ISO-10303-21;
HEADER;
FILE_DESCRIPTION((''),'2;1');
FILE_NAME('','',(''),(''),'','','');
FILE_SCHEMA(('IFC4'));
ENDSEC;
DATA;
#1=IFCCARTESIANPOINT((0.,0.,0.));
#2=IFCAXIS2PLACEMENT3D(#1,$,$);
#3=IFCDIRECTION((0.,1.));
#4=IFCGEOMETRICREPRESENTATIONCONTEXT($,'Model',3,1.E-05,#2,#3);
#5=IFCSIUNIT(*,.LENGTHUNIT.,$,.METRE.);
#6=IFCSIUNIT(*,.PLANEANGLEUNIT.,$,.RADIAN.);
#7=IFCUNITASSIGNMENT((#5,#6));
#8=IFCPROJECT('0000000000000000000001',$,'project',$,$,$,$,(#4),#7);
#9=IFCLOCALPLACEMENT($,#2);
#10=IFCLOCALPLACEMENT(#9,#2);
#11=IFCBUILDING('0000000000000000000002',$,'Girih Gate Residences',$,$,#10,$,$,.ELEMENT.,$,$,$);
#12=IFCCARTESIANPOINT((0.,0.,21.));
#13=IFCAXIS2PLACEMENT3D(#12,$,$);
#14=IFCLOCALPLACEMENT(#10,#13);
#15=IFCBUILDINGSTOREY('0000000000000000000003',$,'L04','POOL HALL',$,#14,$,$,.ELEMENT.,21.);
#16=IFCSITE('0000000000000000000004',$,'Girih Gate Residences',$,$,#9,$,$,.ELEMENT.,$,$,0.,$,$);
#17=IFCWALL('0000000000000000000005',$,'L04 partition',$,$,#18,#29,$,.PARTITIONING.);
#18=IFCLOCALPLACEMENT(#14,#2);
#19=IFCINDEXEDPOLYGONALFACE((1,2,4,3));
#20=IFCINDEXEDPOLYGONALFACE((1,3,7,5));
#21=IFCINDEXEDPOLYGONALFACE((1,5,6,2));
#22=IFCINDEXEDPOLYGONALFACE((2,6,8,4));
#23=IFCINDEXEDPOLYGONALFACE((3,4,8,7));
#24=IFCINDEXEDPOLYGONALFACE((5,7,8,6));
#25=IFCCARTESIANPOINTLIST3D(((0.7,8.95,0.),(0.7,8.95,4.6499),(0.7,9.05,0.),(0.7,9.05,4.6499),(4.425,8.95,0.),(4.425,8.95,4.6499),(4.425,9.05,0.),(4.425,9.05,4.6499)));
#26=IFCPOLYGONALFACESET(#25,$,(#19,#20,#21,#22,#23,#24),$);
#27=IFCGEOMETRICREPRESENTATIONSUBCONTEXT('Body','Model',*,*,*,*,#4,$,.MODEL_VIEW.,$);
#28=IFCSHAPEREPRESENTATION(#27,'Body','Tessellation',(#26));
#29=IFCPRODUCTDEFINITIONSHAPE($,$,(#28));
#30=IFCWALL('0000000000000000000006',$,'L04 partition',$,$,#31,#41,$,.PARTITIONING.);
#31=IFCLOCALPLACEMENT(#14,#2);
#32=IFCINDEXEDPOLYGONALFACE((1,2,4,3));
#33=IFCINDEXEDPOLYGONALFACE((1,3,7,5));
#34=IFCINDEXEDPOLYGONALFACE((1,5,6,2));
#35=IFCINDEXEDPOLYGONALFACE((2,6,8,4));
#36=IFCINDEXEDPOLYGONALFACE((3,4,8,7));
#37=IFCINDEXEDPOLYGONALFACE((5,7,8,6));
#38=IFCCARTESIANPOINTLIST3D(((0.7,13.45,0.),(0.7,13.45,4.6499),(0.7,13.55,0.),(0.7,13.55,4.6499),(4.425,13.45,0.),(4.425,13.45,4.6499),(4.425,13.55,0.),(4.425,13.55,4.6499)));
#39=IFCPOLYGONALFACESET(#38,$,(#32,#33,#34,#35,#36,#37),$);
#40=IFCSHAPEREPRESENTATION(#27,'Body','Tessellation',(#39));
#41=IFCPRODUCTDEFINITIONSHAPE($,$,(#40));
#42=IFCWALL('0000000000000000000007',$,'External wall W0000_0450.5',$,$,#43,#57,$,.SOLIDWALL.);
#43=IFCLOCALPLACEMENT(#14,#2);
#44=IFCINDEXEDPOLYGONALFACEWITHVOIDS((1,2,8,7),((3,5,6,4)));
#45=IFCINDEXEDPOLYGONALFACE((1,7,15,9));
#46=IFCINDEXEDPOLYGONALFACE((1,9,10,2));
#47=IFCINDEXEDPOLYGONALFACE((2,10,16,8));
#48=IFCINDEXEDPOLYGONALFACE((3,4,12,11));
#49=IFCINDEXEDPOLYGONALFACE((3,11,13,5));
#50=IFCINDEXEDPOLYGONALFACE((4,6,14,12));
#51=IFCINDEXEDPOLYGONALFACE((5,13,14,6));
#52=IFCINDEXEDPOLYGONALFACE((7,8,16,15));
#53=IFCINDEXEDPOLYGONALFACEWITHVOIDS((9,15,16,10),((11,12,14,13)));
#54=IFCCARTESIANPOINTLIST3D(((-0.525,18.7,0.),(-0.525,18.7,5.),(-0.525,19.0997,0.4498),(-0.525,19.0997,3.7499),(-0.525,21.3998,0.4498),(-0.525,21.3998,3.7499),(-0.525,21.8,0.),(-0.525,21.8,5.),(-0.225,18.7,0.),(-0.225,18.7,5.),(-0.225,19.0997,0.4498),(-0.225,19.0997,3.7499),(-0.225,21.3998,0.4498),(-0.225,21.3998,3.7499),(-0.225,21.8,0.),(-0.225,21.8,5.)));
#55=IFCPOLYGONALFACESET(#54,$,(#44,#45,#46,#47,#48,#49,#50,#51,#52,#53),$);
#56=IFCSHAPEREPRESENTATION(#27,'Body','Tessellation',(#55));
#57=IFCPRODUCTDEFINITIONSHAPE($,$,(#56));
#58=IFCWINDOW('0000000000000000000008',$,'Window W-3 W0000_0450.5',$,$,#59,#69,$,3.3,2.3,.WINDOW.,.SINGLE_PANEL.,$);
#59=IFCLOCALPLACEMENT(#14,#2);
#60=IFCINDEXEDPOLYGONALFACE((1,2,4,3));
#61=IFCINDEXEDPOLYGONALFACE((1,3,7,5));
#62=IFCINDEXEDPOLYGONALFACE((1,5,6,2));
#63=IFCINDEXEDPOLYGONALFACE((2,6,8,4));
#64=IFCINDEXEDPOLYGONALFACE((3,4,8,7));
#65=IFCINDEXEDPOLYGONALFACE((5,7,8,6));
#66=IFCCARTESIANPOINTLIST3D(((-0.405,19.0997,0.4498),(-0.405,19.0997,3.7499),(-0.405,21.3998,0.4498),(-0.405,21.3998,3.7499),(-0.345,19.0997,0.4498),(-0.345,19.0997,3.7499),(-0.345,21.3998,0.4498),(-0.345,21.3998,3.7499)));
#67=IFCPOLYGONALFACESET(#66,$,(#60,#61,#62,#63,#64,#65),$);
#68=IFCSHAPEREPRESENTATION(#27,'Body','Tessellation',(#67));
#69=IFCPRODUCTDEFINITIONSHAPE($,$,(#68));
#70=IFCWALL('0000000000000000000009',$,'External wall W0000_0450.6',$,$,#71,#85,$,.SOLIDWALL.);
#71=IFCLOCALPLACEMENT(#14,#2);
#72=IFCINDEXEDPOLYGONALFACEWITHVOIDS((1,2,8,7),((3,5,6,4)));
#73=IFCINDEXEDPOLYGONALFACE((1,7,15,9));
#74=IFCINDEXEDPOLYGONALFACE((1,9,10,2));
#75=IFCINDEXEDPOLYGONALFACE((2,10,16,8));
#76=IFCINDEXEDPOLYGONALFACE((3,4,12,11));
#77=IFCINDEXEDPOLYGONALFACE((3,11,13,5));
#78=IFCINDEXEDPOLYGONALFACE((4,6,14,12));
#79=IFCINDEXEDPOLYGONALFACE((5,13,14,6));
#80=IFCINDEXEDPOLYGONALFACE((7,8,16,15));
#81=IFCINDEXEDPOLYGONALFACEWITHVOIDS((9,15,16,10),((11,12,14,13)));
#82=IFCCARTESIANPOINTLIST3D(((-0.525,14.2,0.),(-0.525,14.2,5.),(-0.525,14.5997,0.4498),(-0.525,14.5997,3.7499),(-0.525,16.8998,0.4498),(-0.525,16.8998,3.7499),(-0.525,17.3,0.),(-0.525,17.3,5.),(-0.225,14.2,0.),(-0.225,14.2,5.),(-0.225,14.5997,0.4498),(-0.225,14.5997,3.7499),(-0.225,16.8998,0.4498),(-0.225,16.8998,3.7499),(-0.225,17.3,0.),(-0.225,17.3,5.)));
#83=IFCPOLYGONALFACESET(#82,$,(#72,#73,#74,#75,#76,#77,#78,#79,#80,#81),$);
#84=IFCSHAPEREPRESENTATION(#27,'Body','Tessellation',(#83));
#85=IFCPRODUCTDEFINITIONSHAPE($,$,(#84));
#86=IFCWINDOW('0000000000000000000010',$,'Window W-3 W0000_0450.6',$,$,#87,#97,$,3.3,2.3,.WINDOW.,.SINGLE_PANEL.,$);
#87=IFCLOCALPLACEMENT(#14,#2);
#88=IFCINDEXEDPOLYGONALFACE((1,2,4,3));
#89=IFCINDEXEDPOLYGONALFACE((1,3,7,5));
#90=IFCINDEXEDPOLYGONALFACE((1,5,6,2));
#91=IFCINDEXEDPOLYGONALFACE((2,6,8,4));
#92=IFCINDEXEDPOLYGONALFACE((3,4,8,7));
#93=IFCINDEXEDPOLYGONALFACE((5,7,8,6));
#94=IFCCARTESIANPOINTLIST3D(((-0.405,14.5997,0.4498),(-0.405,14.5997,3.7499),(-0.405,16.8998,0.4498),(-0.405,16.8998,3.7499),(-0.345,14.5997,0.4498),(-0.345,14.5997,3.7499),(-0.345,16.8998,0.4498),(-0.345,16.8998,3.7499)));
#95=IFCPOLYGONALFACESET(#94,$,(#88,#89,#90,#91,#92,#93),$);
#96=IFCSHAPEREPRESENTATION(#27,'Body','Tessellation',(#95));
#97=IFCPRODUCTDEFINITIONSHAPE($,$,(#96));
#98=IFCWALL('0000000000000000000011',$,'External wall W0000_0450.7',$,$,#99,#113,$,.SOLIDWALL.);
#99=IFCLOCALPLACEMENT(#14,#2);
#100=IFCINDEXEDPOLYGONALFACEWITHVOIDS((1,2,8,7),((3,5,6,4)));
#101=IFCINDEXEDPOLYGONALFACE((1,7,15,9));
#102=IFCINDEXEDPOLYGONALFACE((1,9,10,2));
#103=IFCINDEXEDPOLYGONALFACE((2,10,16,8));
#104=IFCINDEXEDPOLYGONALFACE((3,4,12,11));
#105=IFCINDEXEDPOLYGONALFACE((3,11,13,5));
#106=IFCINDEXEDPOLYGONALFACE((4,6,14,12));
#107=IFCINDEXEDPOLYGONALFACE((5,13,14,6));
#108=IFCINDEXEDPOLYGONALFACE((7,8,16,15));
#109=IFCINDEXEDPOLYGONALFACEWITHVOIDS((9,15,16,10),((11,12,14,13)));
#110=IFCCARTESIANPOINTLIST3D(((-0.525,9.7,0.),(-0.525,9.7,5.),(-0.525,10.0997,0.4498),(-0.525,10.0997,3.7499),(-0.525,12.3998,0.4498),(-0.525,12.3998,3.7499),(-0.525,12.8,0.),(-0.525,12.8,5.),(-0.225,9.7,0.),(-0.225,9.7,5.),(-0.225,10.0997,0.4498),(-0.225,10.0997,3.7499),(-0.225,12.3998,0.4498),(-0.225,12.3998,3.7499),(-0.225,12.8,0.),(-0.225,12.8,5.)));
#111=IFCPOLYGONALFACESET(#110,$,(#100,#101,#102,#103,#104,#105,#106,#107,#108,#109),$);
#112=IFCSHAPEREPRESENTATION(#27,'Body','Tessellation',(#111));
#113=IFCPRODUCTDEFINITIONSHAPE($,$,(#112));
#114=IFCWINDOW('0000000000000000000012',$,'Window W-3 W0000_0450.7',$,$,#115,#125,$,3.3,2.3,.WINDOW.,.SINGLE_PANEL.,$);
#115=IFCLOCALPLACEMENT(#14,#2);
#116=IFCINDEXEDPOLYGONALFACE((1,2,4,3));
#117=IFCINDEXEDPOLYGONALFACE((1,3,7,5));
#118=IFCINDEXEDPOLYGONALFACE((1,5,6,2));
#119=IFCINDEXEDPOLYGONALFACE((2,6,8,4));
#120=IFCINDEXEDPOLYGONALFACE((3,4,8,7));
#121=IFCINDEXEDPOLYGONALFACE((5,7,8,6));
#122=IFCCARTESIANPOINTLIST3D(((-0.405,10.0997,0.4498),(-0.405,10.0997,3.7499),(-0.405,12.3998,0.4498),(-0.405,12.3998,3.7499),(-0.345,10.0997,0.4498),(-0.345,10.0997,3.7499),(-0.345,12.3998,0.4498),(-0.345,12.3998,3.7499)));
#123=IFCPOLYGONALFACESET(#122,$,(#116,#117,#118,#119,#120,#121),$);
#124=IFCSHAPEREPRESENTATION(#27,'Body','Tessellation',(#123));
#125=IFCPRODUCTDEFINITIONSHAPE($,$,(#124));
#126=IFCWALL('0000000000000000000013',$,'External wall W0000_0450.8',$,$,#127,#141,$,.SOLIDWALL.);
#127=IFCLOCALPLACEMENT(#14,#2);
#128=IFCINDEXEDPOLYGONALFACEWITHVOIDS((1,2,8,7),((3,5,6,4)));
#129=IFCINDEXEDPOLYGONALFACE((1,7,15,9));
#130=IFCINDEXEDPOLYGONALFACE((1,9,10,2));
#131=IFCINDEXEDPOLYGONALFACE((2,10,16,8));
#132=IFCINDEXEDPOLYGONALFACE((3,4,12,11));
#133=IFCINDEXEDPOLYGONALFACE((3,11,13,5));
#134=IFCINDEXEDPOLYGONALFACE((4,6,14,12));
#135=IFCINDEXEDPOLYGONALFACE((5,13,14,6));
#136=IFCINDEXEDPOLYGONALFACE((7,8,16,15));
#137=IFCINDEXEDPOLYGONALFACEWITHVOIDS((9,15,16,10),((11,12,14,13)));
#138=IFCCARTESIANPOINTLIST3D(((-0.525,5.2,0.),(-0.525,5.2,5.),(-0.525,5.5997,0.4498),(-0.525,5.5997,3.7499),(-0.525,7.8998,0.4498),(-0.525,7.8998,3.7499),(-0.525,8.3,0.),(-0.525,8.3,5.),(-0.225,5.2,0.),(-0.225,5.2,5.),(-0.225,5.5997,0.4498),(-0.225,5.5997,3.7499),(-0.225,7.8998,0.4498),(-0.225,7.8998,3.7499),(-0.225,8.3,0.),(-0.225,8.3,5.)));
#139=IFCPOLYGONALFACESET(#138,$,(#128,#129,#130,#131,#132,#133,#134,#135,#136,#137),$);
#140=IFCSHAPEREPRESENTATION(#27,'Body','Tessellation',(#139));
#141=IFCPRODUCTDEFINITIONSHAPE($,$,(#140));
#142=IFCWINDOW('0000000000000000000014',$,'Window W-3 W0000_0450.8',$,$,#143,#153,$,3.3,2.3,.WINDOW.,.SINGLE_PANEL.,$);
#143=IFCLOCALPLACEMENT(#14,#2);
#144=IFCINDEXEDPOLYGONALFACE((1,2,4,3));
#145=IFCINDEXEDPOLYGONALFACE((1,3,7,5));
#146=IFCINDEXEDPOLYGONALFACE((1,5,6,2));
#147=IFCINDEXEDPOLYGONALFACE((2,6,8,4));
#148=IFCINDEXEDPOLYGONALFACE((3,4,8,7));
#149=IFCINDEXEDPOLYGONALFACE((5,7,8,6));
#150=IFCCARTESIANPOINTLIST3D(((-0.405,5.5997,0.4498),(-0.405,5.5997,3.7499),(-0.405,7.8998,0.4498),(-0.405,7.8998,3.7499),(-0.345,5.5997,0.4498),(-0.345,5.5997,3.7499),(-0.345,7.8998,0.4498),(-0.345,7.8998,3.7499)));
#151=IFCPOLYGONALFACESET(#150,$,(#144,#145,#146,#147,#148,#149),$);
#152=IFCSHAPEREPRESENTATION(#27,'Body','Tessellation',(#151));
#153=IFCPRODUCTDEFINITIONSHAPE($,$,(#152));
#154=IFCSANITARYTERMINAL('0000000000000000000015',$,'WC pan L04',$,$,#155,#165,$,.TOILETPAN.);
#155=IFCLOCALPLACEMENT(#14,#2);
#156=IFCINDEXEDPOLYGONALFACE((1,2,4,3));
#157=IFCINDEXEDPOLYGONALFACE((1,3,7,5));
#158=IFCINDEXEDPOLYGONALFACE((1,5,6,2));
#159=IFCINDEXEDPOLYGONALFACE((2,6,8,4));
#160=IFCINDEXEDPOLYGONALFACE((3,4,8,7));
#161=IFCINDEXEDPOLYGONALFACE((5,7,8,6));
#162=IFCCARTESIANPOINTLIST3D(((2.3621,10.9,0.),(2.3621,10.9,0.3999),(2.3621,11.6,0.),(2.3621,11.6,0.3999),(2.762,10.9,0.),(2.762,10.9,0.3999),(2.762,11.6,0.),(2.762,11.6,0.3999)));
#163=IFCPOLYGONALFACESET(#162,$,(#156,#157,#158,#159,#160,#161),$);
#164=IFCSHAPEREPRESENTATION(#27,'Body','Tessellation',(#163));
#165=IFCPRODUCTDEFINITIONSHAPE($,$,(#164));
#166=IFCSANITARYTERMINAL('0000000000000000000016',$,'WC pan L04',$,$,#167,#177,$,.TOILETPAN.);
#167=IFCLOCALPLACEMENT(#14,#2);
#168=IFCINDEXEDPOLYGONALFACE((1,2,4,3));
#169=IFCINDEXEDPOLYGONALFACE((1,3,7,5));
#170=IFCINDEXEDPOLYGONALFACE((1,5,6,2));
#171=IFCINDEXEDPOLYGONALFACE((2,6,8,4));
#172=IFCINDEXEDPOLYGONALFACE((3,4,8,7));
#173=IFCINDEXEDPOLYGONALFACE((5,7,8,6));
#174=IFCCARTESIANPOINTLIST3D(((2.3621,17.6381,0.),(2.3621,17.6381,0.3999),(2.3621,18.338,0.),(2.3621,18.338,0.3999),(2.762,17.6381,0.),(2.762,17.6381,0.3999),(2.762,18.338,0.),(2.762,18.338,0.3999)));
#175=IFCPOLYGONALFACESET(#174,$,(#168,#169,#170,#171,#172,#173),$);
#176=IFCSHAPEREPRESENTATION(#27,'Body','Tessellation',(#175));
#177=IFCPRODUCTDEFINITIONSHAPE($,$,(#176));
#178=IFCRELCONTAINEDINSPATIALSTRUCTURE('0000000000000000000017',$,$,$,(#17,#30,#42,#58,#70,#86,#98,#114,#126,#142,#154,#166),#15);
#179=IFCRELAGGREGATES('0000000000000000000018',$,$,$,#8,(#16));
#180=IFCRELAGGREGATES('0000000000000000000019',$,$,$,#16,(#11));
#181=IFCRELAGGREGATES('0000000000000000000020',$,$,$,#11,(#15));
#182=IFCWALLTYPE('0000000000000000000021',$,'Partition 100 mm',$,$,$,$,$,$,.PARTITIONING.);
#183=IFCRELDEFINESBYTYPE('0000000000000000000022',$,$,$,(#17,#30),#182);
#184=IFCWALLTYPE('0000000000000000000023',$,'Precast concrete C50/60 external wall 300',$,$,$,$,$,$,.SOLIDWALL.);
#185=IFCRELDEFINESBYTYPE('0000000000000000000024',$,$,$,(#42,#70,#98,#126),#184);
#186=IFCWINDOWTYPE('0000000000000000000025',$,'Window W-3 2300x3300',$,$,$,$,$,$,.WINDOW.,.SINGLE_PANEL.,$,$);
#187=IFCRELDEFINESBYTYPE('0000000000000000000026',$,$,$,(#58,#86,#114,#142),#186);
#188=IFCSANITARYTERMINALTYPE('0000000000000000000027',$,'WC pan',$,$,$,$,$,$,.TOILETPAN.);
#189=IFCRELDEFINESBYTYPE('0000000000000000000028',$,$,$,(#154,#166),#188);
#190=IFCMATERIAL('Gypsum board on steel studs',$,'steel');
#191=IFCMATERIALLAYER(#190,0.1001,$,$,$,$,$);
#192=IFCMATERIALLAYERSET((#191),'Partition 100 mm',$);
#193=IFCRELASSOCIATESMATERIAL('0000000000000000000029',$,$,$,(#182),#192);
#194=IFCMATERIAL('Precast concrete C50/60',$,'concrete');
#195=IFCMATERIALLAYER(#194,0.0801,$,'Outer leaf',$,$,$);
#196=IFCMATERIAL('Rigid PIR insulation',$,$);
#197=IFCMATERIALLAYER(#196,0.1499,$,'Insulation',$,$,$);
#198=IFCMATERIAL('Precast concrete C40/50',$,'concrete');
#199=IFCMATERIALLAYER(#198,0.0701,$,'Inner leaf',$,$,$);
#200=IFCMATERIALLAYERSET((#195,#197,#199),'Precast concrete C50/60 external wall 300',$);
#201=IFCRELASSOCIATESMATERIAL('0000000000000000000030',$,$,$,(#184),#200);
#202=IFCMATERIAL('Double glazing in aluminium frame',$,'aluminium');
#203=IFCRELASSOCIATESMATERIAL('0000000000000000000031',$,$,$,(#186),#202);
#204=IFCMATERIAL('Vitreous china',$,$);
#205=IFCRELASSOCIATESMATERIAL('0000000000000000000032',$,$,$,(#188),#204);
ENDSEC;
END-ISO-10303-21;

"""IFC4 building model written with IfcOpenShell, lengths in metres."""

from ifc_helpers import new_model, si_unit, direction, frame, frame_2d, origin, origin_2d, place, context, subcontext, project, spatial, rectangle, extrude, material, layer, layer_set, type_object, element, fill, save


model = new_model("IFC4")

# Units and contexts
model_context = context("Model", 3, precision=1e-05, world=origin(), true_north=direction((0.0, 1.0)))
body_context = subcontext(model_context, "Body", "Model", "MODEL_VIEW")
ifc_project = project(units=[si_unit("LENGTHUNIT", "METRE"), si_unit("PLANEANGLEUNIT", "RADIAN")], contexts=[model_context])

# Site, building, storey
site_placement = place(None, origin())
site = spatial("IfcSite", under=ifc_project, at=site_placement, Name="Girih Gate Residences", CompositionType="ELEMENT", RefElevation=0.0)
building_placement = place(site_placement, origin())
building = spatial("IfcBuilding", under=site, at=building_placement, Name="Girih Gate Residences", CompositionType="ELEMENT")
storey_placement = place(building_placement, frame((0.0, 0.0, 21.0)))
storey = spatial("IfcBuildingStorey", under=building, at=storey_placement, Name="L04", Description="POOL HALL", CompositionType="ELEMENT", Elevation=21.0)

# Shared definitions
ifc_material_1 = material(Name="Gypsum board on steel studs", Category="steel")

# Walls
ifc_layer_1 = layer(ifc_material_1, 0.1001)
ifc_layer_set_1 = layer_set([ifc_layer_1], Name="Partition 100 mm")
wall_type_1 = type_object("IfcWallType", Name="Partition 100 mm", PredefinedType="PARTITIONING", material=ifc_layer_set_1)
for number, where, z_axis, x_axis, name in (
    (1, (0.7, 9.0, 0.0), (0.0, 0.0, 1.0), (1.0, 0.0, 0.0), "L04 partition"),
    (2, (0.7, 13.5, 0.0), (0.0, 0.0, 1.0), (1.0, 0.0, 0.0), "L04 partition"),
):
    element("IfcWall", number, at=place(storey_placement, frame(where, z_axis=z_axis, x_axis=x_axis)), inside=storey, type_object=wall_type_1, Name=name, PredefinedType="PARTITIONING", context=body_context, shape_type="SweptSolid", body=[
        extrude(rectangle(XDim=3.7251, YDim=0.1001, at=frame_2d((1.8625, 0.0))), origin(), (0.0, 0.0, 1.0), 4.6499),
    ])

# Walls, openings, windows
ifc_material_2 = material(Name="Precast concrete C50/60", Category="concrete")
ifc_layer_2 = layer(ifc_material_2, 0.0801, Name="Outer leaf")
ifc_material_3 = material(Name="Rigid PIR insulation")
ifc_layer_3 = layer(ifc_material_3, 0.1499, Name="Insulation")
ifc_material_4 = material(Name="Precast concrete C40/50", Category="concrete")
ifc_layer_4 = layer(ifc_material_4, 0.0701, Name="Inner leaf")
ifc_layer_set_2 = layer_set([ifc_layer_2, ifc_layer_3, ifc_layer_4], Name="Precast concrete C50/60 external wall 300")
wall_type_2 = type_object("IfcWallType", Name="Precast concrete C50/60 external wall 300", PredefinedType="SOLIDWALL", material=ifc_layer_set_2)
wall_1_placement = place(storey_placement, frame((-0.375, 18.7, 0.0), z_axis=(0.0, 0.0, 1.0), x_axis=(0.0, 1.0, 0.0)))
wall_1 = element("IfcWall", 3, at=wall_1_placement, inside=storey, type_object=wall_type_2, Name="External wall W0000_0450.5", PredefinedType="SOLIDWALL", context=body_context, shape_type="SweptSolid", body=[
    extrude(rectangle(XDim=3.1001, YDim=0.3, at=frame_2d((1.55, 0.0))), origin(), (0.0, 0.0, 1.0), 5.0),
])
opening_1_placement = place(wall_1_placement, frame((0.3999, 0.0, 0.45)))
opening_1 = element("IfcOpeningElement", 4, at=opening_1_placement, cuts=wall_1, PredefinedType="OPENING", context=body_context, shape_type="SweptSolid", body=[
    extrude(rectangle(XDim=2.3, YDim=3.3, at=frame_2d((1.1499, 1.6499))), frame((0.0, 0.1599, 0.0), z_axis=(0.0, -1.0, 0.0), x_axis=(1.0, 0.0, 0.0)), (0.0, 0.0, 1.0), 0.3201),
])
ifc_material_5 = material(Name="Double glazing in aluminium frame", Category="aluminium")
window_type = type_object("IfcWindowType", Name="Window W-3 2300x3300", PartitioningType="SINGLE_PANEL", PredefinedType="WINDOW", material=ifc_material_5)
window_1_placement = place(opening_1_placement, origin())
window_1 = element("IfcWindow", 5, at=window_1_placement, inside=storey, type_object=window_type, Name="Window W-3 W0000_0450.5", OverallHeight=3.3, OverallWidth=2.3, PartitioningType="SINGLE_PANEL", PredefinedType="WINDOW", context=body_context, shape_type="SweptSolid", body=[
    extrude(rectangle(XDim=2.3, YDim=3.3, at=frame_2d((1.1499, 1.6499))), frame((0.0, 0.03, 0.0), z_axis=(0.0, -1.0, 0.0), x_axis=(1.0, 0.0, 0.0)), (0.0, 0.0, 1.0), 0.0601),
])
fill(opening_1, window_1)
wall_2_placement = place(storey_placement, frame((-0.375, 14.2, 0.0), z_axis=(0.0, 0.0, 1.0), x_axis=(0.0, 1.0, 0.0)))
wall_2 = element("IfcWall", 6, at=wall_2_placement, inside=storey, type_object=wall_type_2, Name="External wall W0000_0450.6", PredefinedType="SOLIDWALL", context=body_context, shape_type="SweptSolid", body=[
    extrude(rectangle(XDim=3.1001, YDim=0.3, at=frame_2d((1.55, 0.0))), origin(), (0.0, 0.0, 1.0), 5.0),
])
opening_2_placement = place(wall_2_placement, frame((0.3999, 0.0, 0.45)))
opening_2 = element("IfcOpeningElement", 7, at=opening_2_placement, cuts=wall_2, PredefinedType="OPENING", context=body_context, shape_type="SweptSolid", body=[
    extrude(rectangle(XDim=2.3, YDim=3.3, at=frame_2d((1.1499, 1.6499))), frame((0.0, 0.1599, 0.0), z_axis=(0.0, -1.0, 0.0), x_axis=(1.0, 0.0, 0.0)), (0.0, 0.0, 1.0), 0.3201),
])
window_2_placement = place(opening_2_placement, origin())
window_2 = element("IfcWindow", 8, at=window_2_placement, inside=storey, type_object=window_type, Name="Window W-3 W0000_0450.6", OverallHeight=3.3, OverallWidth=2.3, PartitioningType="SINGLE_PANEL", PredefinedType="WINDOW", context=body_context, shape_type="SweptSolid", body=[
    extrude(rectangle(XDim=2.3, YDim=3.3, at=frame_2d((1.1499, 1.6499))), frame((0.0, 0.03, 0.0), z_axis=(0.0, -1.0, 0.0), x_axis=(1.0, 0.0, 0.0)), (0.0, 0.0, 1.0), 0.0601),
])
fill(opening_2, window_2)
wall_3_placement = place(storey_placement, frame((-0.375, 9.7, 0.0), z_axis=(0.0, 0.0, 1.0), x_axis=(0.0, 1.0, 0.0)))
wall_3 = element("IfcWall", 9, at=wall_3_placement, inside=storey, type_object=wall_type_2, Name="External wall W0000_0450.7", PredefinedType="SOLIDWALL", context=body_context, shape_type="SweptSolid", body=[
    extrude(rectangle(XDim=3.1001, YDim=0.3, at=frame_2d((1.55, 0.0))), origin(), (0.0, 0.0, 1.0), 5.0),
])
opening_3_placement = place(wall_3_placement, frame((0.3999, 0.0, 0.45)))
opening_3 = element("IfcOpeningElement", 10, at=opening_3_placement, cuts=wall_3, PredefinedType="OPENING", context=body_context, shape_type="SweptSolid", body=[
    extrude(rectangle(XDim=2.3, YDim=3.3, at=frame_2d((1.1499, 1.6499))), frame((0.0, 0.1599, 0.0), z_axis=(0.0, -1.0, 0.0), x_axis=(1.0, 0.0, 0.0)), (0.0, 0.0, 1.0), 0.3201),
])
window_3_placement = place(opening_3_placement, origin())
window_3 = element("IfcWindow", 11, at=window_3_placement, inside=storey, type_object=window_type, Name="Window W-3 W0000_0450.7", OverallHeight=3.3, OverallWidth=2.3, PartitioningType="SINGLE_PANEL", PredefinedType="WINDOW", context=body_context, shape_type="SweptSolid", body=[
    extrude(rectangle(XDim=2.3, YDim=3.3, at=frame_2d((1.1499, 1.6499))), frame((0.0, 0.03, 0.0), z_axis=(0.0, -1.0, 0.0), x_axis=(1.0, 0.0, 0.0)), (0.0, 0.0, 1.0), 0.0601),
])
fill(opening_3, window_3)
wall_4_placement = place(storey_placement, frame((-0.375, 5.2, 0.0), z_axis=(0.0, 0.0, 1.0), x_axis=(0.0, 1.0, 0.0)))
wall_4 = element("IfcWall", 12, at=wall_4_placement, inside=storey, type_object=wall_type_2, Name="External wall W0000_0450.8", PredefinedType="SOLIDWALL", context=body_context, shape_type="SweptSolid", body=[
    extrude(rectangle(XDim=3.1001, YDim=0.3, at=frame_2d((1.55, 0.0))), origin(), (0.0, 0.0, 1.0), 5.0),
])
opening_4_placement = place(wall_4_placement, frame((0.3999, 0.0, 0.45)))
opening_4 = element("IfcOpeningElement", 13, at=opening_4_placement, cuts=wall_4, PredefinedType="OPENING", context=body_context, shape_type="SweptSolid", body=[
    extrude(rectangle(XDim=2.3, YDim=3.3, at=frame_2d((1.1499, 1.6499))), frame((0.0, 0.1599, 0.0), z_axis=(0.0, -1.0, 0.0), x_axis=(1.0, 0.0, 0.0)), (0.0, 0.0, 1.0), 0.3201),
])
window_4_placement = place(opening_4_placement, origin())
window_4 = element("IfcWindow", 14, at=window_4_placement, inside=storey, type_object=window_type, Name="Window W-3 W0000_0450.8", OverallHeight=3.3, OverallWidth=2.3, PartitioningType="SINGLE_PANEL", PredefinedType="WINDOW", context=body_context, shape_type="SweptSolid", body=[
    extrude(rectangle(XDim=2.3, YDim=3.3, at=frame_2d((1.1499, 1.6499))), frame((0.0, 0.03, 0.0), z_axis=(0.0, -1.0, 0.0), x_axis=(1.0, 0.0, 0.0)), (0.0, 0.0, 1.0), 0.0601),
])
fill(opening_4, window_4)

# Sanitary terminals
ifc_material_6 = material(Name="Vitreous china")
sanitary_terminal_type = type_object("IfcSanitaryTerminalType", Name="WC pan", PredefinedType="TOILETPAN", material=ifc_material_6)
for number, where, z_axis, x_axis, name in (
    (15, (2.562, 11.25, 0.0), (0.0, 0.0, 1.0), (1.0, 0.0, 0.0), "WC pan L04"),
    (16, (2.562, 17.988, 0.0), (0.0, 0.0, 1.0), (1.0, 0.0, 0.0), "WC pan L04"),
):
    element("IfcSanitaryTerminal", number, at=place(storey_placement, frame(where, z_axis=z_axis, x_axis=x_axis)), inside=storey, type_object=sanitary_terminal_type, Name=name, PredefinedType="TOILETPAN", context=body_context, shape_type="SweptSolid", body=[
        extrude(rectangle(XDim=0.3999, YDim=0.7, at=origin_2d()), origin(), (0.0, 0.0, 1.0), 0.3999),
    ])

save(model, "model.ifc")
